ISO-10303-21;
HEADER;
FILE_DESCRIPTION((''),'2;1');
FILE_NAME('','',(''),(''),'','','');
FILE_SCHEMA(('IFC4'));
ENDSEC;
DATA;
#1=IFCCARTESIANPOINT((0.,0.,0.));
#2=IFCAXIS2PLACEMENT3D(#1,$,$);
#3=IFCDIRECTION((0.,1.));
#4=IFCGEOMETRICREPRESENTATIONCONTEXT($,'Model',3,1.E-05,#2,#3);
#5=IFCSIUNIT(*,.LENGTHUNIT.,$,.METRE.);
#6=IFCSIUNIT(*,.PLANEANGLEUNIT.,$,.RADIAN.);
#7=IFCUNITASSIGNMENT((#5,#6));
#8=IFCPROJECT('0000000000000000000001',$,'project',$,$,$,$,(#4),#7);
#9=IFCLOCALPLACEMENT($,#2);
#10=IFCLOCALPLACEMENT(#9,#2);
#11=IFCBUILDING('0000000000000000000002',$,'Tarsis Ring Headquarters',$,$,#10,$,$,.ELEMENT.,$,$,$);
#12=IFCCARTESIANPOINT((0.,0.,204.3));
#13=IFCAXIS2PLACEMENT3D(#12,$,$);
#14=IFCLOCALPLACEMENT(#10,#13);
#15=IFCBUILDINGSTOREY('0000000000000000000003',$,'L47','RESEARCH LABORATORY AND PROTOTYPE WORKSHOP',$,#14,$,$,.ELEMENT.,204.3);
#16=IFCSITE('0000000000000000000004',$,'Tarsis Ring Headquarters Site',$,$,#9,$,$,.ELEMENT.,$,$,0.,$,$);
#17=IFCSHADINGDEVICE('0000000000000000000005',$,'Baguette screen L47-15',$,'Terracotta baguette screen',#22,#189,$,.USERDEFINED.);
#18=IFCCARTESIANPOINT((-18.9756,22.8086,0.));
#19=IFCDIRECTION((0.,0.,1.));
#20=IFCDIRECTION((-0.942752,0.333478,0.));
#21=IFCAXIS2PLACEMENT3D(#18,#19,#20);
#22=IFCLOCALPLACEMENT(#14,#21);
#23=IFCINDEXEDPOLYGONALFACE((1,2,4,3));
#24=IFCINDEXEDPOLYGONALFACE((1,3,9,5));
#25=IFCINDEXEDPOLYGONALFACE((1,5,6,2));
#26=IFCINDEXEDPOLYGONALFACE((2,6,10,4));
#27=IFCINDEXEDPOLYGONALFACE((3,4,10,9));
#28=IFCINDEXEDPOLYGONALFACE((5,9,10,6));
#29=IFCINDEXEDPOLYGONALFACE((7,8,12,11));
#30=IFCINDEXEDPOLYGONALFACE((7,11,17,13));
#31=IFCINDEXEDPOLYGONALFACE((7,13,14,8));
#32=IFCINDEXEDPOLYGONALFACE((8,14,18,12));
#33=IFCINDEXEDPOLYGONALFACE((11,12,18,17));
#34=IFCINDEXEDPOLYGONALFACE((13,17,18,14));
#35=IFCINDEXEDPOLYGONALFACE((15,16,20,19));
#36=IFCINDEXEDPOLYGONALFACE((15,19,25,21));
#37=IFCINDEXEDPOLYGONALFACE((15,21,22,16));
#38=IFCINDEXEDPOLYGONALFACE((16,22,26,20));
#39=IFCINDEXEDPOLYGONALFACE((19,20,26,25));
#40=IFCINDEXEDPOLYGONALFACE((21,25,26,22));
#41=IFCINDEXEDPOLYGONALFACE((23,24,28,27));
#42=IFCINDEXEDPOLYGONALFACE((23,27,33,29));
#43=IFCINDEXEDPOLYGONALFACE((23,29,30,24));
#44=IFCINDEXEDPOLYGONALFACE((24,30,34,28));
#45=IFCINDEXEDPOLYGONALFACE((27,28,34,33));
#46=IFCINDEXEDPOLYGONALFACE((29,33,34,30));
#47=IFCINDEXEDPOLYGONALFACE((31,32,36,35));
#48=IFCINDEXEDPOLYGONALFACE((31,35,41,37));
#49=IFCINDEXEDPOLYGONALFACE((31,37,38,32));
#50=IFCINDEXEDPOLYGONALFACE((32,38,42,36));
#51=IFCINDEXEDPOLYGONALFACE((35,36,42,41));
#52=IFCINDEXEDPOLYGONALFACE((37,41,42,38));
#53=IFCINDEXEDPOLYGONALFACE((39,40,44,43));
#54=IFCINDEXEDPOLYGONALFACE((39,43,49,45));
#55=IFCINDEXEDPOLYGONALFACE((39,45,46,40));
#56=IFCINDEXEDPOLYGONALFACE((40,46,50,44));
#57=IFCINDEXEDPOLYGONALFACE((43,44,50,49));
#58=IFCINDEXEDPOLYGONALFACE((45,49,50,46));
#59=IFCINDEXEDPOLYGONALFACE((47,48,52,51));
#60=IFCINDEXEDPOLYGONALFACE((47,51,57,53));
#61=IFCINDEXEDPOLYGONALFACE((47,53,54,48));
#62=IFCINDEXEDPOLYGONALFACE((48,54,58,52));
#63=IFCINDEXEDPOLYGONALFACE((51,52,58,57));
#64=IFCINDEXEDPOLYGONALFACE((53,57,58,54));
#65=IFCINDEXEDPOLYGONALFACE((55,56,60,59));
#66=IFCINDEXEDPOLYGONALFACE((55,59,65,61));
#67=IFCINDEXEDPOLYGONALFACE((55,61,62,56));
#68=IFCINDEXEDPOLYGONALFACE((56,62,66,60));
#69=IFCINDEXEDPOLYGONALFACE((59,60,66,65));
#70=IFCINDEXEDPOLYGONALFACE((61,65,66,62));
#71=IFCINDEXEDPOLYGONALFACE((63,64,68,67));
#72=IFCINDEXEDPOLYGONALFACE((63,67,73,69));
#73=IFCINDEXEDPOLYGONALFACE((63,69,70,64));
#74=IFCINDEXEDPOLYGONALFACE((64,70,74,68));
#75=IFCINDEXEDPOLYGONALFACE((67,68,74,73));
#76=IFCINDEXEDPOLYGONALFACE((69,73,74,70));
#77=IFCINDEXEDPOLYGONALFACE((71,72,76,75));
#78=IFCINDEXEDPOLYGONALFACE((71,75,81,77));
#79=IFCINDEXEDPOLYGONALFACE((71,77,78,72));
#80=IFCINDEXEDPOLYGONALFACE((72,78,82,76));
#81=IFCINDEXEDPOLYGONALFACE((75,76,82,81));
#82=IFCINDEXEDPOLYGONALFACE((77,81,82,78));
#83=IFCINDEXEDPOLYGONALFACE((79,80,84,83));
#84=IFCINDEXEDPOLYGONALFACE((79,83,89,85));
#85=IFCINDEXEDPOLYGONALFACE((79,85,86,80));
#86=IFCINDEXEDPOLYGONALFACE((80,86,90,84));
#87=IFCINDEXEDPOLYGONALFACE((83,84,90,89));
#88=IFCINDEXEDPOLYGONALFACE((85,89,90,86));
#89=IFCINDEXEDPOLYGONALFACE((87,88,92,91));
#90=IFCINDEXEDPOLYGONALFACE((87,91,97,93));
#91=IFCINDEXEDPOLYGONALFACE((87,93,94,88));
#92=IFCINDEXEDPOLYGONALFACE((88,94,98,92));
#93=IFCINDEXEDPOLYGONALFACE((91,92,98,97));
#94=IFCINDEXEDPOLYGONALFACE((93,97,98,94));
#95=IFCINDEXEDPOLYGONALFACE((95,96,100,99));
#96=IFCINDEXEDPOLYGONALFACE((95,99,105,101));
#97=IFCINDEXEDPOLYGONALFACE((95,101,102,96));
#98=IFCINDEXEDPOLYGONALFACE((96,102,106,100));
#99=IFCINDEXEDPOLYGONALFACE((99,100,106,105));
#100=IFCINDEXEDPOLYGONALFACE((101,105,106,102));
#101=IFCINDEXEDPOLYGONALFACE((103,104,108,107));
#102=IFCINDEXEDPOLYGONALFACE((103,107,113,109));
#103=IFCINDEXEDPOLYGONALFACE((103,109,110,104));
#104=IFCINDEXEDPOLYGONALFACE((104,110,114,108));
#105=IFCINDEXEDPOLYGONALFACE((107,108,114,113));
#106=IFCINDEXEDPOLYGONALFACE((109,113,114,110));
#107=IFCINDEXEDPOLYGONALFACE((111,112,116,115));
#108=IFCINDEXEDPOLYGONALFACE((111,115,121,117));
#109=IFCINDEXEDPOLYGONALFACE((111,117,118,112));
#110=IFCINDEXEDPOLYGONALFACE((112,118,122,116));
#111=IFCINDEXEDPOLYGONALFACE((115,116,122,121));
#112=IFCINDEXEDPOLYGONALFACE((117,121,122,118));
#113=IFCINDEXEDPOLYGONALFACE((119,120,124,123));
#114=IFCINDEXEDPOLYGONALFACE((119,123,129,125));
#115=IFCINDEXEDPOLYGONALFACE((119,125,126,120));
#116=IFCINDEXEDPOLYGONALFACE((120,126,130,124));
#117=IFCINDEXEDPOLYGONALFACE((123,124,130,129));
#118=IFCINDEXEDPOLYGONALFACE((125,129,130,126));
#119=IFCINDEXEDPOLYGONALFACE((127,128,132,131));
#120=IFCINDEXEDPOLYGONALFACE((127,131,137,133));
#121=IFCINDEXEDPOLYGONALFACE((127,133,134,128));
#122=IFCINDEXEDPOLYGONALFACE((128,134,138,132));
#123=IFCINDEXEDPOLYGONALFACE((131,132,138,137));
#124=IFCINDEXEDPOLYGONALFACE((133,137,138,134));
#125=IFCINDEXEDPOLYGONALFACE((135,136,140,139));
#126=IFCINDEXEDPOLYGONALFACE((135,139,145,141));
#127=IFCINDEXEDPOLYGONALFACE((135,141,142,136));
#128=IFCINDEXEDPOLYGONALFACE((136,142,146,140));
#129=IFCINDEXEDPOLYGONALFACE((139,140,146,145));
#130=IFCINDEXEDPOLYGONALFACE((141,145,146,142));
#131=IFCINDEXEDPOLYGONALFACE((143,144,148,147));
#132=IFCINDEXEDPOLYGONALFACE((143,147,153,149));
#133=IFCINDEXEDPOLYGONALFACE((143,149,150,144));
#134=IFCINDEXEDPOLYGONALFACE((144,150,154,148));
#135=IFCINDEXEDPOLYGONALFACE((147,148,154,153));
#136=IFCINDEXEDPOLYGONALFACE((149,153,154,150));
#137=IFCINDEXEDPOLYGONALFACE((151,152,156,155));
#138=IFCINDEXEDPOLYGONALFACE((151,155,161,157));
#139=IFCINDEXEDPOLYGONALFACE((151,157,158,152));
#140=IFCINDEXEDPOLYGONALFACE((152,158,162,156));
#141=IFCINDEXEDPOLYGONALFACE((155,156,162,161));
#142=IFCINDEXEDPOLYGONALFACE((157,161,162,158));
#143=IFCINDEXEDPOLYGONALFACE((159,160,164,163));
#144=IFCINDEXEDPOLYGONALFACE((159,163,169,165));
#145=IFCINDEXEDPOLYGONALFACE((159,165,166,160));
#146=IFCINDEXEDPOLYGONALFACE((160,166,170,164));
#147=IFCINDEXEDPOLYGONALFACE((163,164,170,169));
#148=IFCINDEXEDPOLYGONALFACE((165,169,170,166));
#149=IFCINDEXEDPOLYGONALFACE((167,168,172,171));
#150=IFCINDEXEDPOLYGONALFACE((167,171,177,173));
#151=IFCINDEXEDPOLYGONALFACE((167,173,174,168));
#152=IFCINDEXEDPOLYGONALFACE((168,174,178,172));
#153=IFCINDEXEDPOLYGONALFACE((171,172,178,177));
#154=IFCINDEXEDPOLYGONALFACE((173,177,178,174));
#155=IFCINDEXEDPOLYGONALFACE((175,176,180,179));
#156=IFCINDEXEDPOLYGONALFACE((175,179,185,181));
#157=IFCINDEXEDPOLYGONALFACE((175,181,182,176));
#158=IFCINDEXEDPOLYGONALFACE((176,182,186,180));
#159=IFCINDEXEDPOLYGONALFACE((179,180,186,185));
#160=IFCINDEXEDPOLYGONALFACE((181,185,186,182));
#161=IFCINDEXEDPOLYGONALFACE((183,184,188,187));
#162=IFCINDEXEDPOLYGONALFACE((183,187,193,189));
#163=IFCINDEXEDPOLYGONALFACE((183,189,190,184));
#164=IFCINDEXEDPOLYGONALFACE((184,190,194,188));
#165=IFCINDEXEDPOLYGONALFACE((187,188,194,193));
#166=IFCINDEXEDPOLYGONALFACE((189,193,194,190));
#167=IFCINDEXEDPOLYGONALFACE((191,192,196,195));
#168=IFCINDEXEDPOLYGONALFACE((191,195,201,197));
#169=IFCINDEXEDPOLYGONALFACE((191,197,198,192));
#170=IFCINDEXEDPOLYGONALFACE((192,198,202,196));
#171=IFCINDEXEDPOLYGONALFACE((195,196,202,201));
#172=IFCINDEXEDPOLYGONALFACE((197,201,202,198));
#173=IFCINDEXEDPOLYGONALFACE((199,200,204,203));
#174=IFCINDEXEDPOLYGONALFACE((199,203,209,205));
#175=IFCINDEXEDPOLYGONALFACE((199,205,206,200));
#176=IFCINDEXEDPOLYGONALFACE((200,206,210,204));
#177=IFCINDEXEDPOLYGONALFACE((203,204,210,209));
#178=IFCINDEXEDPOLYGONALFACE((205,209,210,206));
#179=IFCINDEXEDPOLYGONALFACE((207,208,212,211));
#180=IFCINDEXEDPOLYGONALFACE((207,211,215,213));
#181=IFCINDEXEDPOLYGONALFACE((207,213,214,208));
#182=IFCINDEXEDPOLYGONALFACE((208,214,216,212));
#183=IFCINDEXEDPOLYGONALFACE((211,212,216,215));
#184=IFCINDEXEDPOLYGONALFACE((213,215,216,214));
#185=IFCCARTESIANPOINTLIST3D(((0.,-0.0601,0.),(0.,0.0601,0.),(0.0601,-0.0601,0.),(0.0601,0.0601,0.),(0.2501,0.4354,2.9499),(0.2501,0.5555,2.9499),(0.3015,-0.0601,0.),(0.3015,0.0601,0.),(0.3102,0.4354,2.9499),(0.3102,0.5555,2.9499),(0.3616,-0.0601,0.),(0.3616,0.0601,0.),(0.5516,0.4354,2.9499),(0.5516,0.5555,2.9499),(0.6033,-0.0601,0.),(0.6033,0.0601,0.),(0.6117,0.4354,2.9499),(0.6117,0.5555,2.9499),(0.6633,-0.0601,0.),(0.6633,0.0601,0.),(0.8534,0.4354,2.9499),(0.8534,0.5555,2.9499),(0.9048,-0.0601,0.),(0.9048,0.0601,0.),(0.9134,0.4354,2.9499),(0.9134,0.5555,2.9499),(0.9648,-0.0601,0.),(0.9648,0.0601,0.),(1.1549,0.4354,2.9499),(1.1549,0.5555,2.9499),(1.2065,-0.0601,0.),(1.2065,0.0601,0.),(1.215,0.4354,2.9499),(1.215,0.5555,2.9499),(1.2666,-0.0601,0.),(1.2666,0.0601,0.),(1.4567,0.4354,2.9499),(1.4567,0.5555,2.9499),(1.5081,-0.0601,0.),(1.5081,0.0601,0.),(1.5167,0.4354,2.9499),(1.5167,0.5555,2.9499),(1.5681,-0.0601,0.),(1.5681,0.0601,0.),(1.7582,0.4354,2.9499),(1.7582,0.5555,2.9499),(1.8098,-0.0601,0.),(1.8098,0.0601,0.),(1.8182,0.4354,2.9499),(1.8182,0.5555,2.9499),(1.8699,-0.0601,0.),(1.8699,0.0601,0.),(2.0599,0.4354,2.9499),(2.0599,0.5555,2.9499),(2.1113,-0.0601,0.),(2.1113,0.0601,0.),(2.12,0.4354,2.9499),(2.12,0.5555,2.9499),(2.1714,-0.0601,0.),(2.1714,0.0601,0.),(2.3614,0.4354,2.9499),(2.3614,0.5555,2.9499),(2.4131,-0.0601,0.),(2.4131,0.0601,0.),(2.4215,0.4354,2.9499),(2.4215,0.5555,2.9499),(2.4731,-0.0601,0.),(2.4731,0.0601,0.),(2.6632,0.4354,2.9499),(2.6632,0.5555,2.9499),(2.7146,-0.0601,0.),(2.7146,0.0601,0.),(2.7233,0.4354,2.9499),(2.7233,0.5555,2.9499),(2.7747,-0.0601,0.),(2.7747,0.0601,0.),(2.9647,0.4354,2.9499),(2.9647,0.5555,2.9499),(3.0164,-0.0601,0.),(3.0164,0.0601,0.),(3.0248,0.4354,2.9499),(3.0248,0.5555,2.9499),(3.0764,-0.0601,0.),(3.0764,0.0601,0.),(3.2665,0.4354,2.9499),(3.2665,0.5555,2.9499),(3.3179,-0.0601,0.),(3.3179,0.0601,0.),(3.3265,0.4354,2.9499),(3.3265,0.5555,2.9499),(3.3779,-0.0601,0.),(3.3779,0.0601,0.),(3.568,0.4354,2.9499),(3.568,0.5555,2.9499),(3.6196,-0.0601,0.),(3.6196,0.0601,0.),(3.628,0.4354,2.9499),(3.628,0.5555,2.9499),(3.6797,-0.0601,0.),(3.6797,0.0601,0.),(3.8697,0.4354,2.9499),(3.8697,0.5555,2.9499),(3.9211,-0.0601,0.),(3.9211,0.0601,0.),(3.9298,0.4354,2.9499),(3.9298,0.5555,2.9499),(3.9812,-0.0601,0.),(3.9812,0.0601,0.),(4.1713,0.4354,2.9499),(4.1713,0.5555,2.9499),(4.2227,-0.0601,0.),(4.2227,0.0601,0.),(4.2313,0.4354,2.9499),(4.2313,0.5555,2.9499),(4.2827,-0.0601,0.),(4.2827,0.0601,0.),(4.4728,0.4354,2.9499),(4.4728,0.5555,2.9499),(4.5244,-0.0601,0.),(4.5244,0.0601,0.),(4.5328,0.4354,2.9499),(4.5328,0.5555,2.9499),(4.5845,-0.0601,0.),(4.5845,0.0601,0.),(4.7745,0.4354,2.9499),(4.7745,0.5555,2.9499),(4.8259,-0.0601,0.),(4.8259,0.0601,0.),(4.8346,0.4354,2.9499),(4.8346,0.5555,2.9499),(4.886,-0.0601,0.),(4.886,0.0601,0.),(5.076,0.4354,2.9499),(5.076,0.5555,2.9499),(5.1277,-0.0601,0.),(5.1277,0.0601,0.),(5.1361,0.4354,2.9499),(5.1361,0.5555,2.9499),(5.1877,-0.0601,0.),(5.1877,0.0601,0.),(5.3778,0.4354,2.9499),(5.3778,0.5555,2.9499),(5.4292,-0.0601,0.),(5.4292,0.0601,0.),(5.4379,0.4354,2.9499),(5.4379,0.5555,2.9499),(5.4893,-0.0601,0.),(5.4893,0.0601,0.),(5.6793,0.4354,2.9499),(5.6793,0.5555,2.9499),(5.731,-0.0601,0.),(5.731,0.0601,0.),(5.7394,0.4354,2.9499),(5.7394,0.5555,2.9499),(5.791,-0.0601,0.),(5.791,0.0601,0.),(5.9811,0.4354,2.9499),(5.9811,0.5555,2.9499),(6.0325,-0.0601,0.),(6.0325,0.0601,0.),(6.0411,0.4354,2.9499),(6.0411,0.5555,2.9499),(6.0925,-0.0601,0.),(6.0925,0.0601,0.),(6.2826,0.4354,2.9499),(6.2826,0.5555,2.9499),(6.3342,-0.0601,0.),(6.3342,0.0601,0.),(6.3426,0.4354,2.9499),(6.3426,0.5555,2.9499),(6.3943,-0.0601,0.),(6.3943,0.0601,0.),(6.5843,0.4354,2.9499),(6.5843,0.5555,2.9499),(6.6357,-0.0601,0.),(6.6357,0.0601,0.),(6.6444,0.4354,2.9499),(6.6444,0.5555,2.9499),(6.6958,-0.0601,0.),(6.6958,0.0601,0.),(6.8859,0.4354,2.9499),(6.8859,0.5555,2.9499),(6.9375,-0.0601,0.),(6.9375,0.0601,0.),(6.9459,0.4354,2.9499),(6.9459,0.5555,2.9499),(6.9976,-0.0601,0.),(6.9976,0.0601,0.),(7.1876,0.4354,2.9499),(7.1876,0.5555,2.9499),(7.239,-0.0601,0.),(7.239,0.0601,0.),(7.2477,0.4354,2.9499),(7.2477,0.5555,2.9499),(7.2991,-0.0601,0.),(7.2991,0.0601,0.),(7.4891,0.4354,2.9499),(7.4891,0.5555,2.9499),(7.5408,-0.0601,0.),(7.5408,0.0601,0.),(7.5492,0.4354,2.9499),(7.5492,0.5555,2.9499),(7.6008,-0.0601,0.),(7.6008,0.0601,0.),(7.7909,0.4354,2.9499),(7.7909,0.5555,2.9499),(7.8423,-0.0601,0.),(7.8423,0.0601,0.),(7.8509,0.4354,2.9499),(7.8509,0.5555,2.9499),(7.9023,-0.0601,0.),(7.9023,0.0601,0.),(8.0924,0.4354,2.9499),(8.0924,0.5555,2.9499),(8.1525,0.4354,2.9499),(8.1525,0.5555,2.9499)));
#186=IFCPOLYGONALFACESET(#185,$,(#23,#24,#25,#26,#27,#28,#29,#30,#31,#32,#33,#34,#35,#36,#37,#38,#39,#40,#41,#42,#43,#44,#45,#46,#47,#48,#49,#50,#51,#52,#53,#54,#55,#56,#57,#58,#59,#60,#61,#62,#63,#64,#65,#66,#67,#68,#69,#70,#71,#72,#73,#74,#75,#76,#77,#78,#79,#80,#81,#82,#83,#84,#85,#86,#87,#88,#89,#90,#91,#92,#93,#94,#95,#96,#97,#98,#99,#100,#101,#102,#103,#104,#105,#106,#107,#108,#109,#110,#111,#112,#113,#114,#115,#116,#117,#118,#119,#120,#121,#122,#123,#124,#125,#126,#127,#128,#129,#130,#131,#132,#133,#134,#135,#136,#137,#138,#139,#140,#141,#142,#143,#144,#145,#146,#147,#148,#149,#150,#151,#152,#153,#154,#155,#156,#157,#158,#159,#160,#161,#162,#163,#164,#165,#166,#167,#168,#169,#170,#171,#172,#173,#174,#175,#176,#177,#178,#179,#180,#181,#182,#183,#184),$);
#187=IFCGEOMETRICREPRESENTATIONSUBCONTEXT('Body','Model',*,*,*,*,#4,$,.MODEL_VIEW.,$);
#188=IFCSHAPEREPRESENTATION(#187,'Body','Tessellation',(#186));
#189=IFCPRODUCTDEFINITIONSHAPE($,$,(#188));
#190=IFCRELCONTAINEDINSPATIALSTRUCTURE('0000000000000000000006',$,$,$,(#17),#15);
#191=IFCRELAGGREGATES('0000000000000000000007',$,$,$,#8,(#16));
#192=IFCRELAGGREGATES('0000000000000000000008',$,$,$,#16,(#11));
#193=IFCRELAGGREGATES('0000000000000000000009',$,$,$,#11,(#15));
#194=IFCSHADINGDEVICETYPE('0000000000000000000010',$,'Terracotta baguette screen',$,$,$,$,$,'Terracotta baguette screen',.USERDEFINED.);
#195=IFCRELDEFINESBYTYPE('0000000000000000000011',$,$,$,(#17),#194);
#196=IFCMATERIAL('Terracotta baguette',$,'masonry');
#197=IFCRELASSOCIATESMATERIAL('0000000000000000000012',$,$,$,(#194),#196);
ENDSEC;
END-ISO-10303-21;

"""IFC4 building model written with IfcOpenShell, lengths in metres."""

from ifc_helpers import new_model, si_unit, direction, frame, frame_2d, origin, place, context, subcontext, project, spatial, rectangle, composite_profile, extrude, material, type_object, element, save


model = new_model("IFC4")

# Units and contexts
model_context = context("Model", 3, precision=1e-05, world=origin(), true_north=direction((0.0, 1.0)))
body_context = subcontext(model_context, "Body", "Model", "MODEL_VIEW")
ifc_project = project(units=[si_unit("LENGTHUNIT", "METRE"), si_unit("PLANEANGLEUNIT", "RADIAN")], contexts=[model_context])

# Site, building, storey
site_placement = place(None, origin())
site = spatial("IfcSite", under=ifc_project, at=site_placement, Name="Tarsis Ring Headquarters Site", CompositionType="ELEMENT", RefElevation=0.0)
building_placement = place(site_placement, origin())
building = spatial("IfcBuilding", under=site, at=building_placement, Name="Tarsis Ring Headquarters", CompositionType="ELEMENT")
storey_placement = place(building_placement, frame((0.0, 0.0, 204.3)))
storey = spatial("IfcBuildingStorey", under=building, at=storey_placement, Name="L47", Description="RESEARCH LABORATORY AND PROTOTYPE WORKSHOP", CompositionType="ELEMENT", Elevation=204.3)

# Shading device
ifc_material_1 = material(Name="Terracotta baguette", Category="masonry")
shading_device_type_1 = type_object("IfcShadingDeviceType", Name="Terracotta baguette screen", ElementType="Terracotta baguette screen", PredefinedType="USERDEFINED", material=ifc_material_1)
shading_device_1_placement = place(storey_placement, frame((-18.9756, 22.8086, 0.0), z_axis=(0.0, 0.0, 1.0), x_axis=(-0.942752, 0.333478, 0.0)))
element("IfcShadingDevice", 1, at=shading_device_1_placement, inside=storey, type_object=shading_device_type_1, Name="Baguette screen L47-15", ObjectType="Terracotta baguette screen", PredefinedType="USERDEFINED", context=body_context, shape_type="SweptSolid", body=[
    extrude(composite_profile([rectangle(XDim=0.0601, YDim=0.1201, at=frame_2d((0.03, 0.0))), rectangle(XDim=0.0601, YDim=0.1201, at=frame_2d((0.3315, 0.0))), rectangle(XDim=0.0601, YDim=0.1201, at=frame_2d((0.6333, 0.0))), rectangle(XDim=0.0601, YDim=0.1201, at=frame_2d((0.9348, 0.0))), rectangle(XDim=0.0601, YDim=0.1201, at=frame_2d((1.2366, 0.0))), rectangle(XDim=0.0601, YDim=0.1201, at=frame_2d((1.5381, 0.0))), rectangle(XDim=0.0601, YDim=0.1201, at=frame_2d((1.8398, 0.0))), rectangle(XDim=0.0601, YDim=0.1201, at=frame_2d((2.1414, 0.0))), rectangle(XDim=0.0601, YDim=0.1201, at=frame_2d((2.4431, 0.0))), rectangle(XDim=0.0601, YDim=0.1201, at=frame_2d((2.7446, 0.0))), rectangle(XDim=0.0601, YDim=0.1201, at=frame_2d((3.0464, 0.0))), rectangle(XDim=0.0601, YDim=0.1201, at=frame_2d((3.3479, 0.0))), rectangle(XDim=0.0601, YDim=0.1201, at=frame_2d((3.6497, 0.0))), rectangle(XDim=0.0601, YDim=0.1201, at=frame_2d((3.9512, 0.0))), rectangle(XDim=0.0601, YDim=0.1201, at=frame_2d((4.2527, 0.0))), rectangle(XDim=0.0601, YDim=0.1201, at=frame_2d((4.5544, 0.0))), rectangle(XDim=0.0601, YDim=0.1201, at=frame_2d((4.856, 0.0))), rectangle(XDim=0.0601, YDim=0.1201, at=frame_2d((5.1577, 0.0))), rectangle(XDim=0.0601, YDim=0.1201, at=frame_2d((5.4592, 0.0))), rectangle(XDim=0.0601, YDim=0.1201, at=frame_2d((5.761, 0.0))), rectangle(XDim=0.0601, YDim=0.1201, at=frame_2d((6.0625, 0.0))), rectangle(XDim=0.0601, YDim=0.1201, at=frame_2d((6.3643, 0.0))), rectangle(XDim=0.0601, YDim=0.1201, at=frame_2d((6.6658, 0.0))), rectangle(XDim=0.0601, YDim=0.1201, at=frame_2d((6.9675, 0.0))), rectangle(XDim=0.0601, YDim=0.1201, at=frame_2d((7.269, 0.0))), rectangle(XDim=0.0601, YDim=0.1201, at=frame_2d((7.5708, 0.0))), rectangle(XDim=0.0601, YDim=0.1201, at=frame_2d((7.8723, 0.0)))]), origin(), (0.083323, 0.165068, 0.982756), 3.0017),
])

save(model, "model.ifc")
